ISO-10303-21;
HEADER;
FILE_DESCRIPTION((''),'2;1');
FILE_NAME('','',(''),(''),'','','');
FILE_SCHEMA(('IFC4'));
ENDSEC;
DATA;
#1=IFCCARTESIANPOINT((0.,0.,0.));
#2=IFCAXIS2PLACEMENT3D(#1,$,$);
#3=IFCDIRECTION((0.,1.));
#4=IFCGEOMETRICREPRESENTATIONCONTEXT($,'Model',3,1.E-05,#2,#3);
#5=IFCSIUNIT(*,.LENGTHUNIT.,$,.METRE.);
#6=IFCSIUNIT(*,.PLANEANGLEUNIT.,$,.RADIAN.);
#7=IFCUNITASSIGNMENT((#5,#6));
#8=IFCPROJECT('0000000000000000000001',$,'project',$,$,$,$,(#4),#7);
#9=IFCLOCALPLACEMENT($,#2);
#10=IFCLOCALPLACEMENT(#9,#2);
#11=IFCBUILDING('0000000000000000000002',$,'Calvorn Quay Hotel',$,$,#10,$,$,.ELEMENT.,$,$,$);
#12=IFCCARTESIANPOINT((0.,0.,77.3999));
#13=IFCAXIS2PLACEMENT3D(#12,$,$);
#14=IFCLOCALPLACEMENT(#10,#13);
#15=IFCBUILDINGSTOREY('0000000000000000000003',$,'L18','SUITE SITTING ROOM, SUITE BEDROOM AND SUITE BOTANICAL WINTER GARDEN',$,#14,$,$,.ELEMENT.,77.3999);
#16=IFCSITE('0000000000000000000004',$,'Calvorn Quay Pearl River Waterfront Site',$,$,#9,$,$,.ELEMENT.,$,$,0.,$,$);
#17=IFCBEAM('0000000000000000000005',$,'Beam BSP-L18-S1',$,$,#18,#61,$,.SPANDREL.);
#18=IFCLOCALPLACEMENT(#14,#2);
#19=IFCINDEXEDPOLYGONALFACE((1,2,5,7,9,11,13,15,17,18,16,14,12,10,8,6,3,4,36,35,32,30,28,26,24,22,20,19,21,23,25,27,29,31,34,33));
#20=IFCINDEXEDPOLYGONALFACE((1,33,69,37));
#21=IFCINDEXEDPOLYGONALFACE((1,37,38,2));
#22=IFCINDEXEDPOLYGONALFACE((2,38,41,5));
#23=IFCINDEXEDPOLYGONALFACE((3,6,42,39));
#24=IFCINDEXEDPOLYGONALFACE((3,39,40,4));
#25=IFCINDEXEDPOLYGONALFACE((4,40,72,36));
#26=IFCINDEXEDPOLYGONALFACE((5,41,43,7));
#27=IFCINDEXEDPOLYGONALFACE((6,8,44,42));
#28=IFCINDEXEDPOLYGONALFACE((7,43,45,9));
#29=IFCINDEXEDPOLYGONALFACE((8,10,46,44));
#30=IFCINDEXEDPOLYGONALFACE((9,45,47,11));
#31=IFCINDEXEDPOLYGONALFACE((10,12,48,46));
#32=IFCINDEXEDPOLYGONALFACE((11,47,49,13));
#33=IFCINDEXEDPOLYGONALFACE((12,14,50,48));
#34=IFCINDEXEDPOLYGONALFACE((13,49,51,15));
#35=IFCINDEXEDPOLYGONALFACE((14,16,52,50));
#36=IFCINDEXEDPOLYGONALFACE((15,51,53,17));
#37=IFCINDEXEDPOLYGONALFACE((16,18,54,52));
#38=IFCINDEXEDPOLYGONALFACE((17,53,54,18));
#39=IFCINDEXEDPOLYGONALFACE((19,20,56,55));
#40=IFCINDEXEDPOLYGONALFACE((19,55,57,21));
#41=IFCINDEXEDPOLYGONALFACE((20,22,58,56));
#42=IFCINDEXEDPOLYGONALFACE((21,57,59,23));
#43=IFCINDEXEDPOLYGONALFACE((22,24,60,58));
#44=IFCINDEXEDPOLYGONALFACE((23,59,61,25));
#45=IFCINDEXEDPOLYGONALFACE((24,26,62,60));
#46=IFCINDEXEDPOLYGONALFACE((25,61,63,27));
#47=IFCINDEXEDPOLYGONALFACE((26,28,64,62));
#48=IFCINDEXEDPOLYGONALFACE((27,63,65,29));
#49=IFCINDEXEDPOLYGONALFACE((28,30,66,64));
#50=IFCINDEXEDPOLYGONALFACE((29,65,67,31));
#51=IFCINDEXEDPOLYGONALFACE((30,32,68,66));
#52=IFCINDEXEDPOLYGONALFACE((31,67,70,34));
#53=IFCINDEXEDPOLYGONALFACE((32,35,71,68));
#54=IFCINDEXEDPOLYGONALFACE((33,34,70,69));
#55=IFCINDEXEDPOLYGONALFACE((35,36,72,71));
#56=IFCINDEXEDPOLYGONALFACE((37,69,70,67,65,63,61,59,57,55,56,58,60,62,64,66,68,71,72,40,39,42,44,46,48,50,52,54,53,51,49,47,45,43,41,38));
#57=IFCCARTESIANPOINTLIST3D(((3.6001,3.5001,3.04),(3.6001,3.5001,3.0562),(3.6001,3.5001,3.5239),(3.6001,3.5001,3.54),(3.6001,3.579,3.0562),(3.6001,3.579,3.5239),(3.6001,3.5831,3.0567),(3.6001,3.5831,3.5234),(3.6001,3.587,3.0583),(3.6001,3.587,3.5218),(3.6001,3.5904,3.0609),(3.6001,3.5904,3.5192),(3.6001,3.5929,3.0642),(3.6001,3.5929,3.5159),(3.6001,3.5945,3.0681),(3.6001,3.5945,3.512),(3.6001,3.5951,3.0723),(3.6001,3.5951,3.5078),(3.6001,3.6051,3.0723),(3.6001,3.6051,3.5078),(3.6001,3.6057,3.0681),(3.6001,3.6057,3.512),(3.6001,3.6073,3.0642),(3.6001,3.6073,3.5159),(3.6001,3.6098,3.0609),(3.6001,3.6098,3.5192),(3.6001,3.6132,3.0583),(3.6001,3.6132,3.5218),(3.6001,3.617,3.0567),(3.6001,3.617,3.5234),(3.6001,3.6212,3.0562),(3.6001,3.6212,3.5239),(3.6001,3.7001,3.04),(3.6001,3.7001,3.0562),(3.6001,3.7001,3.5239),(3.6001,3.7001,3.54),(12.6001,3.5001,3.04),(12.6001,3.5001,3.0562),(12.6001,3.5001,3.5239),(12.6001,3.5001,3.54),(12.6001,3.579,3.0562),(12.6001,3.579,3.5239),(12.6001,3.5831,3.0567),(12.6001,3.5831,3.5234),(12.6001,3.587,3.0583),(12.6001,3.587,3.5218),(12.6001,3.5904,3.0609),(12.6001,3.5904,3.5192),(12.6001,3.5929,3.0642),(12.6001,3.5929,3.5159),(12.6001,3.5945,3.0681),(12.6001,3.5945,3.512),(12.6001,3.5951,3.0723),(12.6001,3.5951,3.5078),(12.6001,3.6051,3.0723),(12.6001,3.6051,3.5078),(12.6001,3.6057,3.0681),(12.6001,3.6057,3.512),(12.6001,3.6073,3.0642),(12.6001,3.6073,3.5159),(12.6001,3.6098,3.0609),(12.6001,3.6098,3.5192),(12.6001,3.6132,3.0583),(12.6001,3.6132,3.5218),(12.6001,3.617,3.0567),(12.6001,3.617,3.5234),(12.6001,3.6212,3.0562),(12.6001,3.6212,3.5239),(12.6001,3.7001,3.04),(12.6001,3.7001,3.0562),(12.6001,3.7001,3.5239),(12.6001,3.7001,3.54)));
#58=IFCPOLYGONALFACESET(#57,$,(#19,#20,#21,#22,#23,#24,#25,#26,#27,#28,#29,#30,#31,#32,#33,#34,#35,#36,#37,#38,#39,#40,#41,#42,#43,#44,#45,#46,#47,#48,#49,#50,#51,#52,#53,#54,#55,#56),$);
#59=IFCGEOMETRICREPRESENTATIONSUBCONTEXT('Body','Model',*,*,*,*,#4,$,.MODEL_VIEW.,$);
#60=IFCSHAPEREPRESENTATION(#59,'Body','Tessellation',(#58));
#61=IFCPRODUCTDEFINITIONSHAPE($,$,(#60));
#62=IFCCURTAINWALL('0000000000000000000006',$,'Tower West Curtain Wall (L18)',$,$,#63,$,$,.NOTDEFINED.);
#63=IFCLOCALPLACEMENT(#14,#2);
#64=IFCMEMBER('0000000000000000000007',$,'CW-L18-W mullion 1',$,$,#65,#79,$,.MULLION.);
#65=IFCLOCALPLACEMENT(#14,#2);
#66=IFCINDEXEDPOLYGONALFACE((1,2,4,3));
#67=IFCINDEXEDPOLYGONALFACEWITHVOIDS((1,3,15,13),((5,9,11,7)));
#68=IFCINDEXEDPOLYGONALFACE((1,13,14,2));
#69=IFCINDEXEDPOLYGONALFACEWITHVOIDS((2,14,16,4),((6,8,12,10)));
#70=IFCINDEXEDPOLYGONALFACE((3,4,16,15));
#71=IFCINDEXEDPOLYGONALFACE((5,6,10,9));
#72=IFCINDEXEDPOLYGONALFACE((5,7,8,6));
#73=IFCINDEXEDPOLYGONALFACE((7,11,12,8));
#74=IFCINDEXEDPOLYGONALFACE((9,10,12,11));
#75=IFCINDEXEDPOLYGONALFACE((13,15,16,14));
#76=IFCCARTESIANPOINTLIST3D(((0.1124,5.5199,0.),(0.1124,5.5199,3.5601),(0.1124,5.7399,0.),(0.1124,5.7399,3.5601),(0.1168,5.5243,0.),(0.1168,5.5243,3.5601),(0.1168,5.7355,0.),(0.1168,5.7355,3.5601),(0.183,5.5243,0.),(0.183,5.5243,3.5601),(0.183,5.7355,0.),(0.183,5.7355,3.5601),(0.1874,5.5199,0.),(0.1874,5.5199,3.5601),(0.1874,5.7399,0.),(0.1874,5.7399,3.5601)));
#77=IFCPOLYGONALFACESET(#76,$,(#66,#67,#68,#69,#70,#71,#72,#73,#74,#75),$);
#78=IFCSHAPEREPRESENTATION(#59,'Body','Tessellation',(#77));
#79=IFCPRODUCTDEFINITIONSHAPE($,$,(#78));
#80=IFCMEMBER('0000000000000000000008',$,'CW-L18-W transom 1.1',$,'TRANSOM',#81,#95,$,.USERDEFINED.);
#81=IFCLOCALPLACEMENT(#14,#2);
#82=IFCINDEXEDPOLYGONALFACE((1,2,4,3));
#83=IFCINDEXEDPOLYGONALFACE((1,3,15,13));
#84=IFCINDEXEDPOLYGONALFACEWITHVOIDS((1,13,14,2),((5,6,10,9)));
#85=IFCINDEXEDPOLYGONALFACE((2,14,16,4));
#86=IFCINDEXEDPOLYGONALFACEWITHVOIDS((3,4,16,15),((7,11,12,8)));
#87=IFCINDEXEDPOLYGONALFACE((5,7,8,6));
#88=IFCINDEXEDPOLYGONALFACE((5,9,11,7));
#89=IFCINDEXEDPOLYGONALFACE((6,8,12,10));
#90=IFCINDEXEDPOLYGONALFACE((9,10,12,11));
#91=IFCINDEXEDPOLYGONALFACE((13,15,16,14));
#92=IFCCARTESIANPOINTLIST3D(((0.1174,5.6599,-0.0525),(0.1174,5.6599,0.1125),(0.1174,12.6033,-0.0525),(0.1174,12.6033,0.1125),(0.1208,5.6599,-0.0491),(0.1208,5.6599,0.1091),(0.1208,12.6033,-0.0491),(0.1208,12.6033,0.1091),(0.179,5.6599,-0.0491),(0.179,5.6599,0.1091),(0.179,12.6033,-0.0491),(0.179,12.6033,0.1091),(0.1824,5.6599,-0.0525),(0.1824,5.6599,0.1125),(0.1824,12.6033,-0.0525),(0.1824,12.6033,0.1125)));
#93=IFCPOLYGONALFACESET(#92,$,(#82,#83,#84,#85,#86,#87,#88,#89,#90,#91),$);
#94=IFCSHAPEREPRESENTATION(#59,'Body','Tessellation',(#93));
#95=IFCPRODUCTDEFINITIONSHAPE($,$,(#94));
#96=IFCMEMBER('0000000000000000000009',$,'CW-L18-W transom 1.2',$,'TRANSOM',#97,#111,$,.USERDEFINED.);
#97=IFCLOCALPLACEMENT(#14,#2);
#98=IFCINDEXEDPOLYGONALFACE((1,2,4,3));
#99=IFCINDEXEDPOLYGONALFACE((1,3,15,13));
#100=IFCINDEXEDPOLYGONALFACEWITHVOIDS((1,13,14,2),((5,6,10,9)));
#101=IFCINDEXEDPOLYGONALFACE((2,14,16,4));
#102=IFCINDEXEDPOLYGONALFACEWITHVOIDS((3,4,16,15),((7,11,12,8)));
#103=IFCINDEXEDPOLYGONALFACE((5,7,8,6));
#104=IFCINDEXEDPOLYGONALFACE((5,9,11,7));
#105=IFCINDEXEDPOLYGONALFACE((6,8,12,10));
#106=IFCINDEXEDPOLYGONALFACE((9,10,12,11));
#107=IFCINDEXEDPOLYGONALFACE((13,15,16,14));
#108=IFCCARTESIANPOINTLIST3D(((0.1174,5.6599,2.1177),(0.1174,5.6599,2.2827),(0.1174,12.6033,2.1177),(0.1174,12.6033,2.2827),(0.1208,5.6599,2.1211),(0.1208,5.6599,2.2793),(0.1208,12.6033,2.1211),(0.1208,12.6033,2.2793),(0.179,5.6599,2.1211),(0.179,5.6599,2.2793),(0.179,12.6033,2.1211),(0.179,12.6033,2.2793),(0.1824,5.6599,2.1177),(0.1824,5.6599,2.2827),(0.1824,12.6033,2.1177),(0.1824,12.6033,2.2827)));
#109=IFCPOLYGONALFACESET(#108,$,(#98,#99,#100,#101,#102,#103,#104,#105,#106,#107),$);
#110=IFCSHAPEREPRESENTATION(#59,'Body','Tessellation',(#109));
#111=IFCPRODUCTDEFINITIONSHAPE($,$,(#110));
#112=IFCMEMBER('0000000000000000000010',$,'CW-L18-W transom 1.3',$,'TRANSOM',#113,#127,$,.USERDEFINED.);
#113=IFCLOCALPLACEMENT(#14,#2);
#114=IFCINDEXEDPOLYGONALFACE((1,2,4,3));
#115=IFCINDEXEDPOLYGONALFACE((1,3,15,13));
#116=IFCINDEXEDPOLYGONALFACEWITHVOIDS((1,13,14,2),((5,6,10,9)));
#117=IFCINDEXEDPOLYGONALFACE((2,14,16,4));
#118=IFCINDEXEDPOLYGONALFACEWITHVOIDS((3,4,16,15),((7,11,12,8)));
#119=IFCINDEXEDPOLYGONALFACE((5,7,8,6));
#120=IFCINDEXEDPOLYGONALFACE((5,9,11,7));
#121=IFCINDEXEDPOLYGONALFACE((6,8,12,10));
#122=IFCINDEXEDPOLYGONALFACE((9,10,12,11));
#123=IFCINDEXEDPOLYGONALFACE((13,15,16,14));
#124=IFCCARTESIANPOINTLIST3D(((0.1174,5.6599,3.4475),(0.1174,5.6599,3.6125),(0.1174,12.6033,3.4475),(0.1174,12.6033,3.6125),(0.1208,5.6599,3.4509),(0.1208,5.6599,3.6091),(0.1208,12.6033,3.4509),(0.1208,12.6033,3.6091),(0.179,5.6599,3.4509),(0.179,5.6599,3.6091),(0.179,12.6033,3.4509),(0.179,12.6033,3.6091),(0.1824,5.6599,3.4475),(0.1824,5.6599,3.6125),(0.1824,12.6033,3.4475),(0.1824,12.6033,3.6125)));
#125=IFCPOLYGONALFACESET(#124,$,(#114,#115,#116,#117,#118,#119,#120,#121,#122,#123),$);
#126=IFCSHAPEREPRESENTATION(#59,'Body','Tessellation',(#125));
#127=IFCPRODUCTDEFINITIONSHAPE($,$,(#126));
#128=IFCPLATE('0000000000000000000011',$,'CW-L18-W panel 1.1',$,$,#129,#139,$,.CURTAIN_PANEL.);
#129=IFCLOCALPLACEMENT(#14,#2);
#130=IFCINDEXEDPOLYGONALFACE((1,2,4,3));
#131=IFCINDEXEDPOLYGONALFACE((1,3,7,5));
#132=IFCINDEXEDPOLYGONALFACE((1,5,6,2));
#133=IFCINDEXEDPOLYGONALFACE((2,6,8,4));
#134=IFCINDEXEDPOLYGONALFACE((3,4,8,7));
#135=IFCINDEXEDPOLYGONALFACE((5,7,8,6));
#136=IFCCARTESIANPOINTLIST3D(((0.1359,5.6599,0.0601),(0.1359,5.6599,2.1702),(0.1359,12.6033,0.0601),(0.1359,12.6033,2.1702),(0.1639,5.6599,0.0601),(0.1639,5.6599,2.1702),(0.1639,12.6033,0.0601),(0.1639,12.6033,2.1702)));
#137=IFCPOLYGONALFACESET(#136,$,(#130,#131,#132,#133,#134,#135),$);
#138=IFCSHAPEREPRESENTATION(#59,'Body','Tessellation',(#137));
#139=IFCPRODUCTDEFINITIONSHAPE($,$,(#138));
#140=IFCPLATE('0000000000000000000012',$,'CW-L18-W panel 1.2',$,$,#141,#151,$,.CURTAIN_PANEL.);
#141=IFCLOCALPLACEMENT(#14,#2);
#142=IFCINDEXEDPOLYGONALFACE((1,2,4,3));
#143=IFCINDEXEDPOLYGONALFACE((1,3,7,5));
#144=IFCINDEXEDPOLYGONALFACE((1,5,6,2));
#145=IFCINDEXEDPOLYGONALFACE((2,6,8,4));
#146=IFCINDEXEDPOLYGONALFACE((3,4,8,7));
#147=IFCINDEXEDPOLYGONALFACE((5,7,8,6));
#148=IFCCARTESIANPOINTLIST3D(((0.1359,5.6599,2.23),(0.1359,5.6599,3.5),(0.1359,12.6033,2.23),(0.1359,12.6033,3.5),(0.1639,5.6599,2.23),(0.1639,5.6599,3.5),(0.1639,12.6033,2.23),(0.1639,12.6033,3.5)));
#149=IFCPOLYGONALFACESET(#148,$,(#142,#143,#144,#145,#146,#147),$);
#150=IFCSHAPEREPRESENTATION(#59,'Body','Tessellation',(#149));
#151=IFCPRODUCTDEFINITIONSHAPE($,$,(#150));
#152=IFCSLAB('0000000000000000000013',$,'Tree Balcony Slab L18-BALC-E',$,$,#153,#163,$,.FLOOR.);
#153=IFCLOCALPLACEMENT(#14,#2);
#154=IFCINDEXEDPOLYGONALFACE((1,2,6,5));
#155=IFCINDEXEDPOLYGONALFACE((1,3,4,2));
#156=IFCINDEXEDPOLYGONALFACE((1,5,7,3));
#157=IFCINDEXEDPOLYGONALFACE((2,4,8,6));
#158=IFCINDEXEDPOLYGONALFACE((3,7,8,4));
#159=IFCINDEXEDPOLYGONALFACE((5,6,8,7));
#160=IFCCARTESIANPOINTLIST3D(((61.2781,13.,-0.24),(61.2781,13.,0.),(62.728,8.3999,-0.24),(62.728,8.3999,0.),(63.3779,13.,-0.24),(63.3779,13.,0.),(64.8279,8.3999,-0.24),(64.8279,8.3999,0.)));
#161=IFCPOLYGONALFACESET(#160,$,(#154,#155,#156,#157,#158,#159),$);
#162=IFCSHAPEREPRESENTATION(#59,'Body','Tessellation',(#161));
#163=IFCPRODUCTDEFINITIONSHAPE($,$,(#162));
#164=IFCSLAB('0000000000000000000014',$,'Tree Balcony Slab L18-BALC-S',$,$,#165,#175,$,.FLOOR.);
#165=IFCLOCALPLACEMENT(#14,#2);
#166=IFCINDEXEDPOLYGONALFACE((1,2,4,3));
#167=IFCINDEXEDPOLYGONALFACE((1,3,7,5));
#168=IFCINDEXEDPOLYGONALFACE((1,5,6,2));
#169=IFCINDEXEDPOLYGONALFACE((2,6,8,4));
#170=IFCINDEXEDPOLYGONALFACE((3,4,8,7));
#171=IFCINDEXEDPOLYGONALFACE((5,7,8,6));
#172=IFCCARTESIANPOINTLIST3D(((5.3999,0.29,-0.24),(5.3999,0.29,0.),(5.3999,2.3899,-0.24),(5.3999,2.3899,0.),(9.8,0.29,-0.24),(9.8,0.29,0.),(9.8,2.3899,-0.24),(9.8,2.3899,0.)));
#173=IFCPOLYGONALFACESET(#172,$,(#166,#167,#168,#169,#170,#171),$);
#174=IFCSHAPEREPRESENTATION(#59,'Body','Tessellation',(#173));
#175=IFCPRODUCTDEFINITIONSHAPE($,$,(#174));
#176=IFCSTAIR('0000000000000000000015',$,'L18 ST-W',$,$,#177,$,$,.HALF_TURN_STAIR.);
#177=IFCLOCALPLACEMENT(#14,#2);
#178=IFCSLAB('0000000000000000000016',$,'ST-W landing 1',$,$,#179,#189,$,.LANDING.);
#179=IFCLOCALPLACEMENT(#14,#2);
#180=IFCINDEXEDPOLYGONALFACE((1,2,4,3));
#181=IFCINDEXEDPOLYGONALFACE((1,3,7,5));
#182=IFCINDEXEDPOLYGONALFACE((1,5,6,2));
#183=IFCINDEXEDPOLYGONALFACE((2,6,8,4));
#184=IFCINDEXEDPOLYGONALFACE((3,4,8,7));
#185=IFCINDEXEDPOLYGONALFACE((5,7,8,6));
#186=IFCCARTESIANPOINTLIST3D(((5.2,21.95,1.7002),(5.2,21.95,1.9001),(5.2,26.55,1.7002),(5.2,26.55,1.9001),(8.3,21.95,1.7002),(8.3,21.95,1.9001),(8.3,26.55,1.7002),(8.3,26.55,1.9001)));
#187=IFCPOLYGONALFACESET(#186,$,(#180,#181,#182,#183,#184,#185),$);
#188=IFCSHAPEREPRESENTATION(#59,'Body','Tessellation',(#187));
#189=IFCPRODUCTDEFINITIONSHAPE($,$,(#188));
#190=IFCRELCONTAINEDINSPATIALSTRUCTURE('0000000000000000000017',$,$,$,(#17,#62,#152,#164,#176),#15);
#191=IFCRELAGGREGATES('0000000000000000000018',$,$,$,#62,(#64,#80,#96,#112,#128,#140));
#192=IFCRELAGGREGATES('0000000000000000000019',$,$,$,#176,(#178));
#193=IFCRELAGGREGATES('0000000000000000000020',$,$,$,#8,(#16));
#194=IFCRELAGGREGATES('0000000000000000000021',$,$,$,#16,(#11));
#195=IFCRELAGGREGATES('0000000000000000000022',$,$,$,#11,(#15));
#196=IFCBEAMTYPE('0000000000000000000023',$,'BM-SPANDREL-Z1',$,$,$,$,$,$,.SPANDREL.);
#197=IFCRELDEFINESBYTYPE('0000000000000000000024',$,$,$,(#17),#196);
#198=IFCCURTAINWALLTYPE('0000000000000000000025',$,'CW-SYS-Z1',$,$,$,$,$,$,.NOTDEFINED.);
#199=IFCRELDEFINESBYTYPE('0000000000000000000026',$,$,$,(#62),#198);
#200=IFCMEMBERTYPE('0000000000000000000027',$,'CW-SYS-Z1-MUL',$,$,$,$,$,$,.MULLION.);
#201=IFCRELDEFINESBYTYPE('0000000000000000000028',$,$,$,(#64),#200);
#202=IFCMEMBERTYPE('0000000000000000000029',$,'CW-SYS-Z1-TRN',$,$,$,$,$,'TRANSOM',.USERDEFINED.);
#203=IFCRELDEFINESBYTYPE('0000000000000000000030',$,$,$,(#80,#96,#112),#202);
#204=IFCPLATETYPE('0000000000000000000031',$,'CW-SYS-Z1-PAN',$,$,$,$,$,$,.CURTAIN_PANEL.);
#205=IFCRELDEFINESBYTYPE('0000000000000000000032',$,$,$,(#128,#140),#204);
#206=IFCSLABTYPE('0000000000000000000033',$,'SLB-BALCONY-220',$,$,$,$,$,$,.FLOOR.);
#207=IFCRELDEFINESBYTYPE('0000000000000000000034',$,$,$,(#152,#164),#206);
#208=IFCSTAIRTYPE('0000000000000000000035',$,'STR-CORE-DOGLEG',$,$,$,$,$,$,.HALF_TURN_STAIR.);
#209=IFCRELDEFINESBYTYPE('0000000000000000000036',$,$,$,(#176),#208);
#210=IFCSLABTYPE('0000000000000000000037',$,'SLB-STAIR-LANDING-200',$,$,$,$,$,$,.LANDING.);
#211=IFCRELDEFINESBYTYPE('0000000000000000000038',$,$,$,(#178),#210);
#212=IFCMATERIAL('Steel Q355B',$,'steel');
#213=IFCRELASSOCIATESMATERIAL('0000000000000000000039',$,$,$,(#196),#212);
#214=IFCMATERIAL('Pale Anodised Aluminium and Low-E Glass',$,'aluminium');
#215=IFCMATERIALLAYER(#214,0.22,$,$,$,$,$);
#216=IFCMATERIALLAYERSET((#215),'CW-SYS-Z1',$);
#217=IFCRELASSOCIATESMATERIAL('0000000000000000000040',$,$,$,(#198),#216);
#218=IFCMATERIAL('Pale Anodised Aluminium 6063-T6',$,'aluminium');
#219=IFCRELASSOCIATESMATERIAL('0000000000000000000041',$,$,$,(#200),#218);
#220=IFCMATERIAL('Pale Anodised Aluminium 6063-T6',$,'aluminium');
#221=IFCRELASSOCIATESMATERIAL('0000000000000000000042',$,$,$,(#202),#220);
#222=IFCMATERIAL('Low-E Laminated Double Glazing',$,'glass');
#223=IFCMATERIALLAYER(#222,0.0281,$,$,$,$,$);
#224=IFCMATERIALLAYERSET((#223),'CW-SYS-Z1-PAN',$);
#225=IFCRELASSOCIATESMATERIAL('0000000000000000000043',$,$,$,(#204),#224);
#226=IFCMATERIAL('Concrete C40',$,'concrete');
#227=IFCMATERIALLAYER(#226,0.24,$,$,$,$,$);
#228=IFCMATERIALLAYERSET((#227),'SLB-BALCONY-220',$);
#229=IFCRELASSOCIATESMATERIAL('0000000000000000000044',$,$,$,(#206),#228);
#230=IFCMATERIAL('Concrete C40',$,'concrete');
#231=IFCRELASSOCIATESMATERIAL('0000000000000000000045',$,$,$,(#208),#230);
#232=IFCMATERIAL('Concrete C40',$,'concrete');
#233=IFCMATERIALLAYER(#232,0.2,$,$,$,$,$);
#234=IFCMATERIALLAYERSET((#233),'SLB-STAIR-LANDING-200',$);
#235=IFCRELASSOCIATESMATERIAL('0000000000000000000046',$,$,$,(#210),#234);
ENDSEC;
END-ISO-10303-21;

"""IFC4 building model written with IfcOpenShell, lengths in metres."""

from ifc_helpers import new_model, si_unit, direction, frame, origin, origin_2d, place, context, subcontext, project, spatial, polyline, rectangle, hollow_rectangle, i_section, outline, extrude, material, layer, layer_set, material_profile, profile_set, type_object, element, aggregate, save


model = new_model("IFC4")

# Units and contexts
model_context = context("Model", 3, precision=1e-05, world=origin(), true_north=direction((0.0, 1.0)))
body_context = subcontext(model_context, "Body", "Model", "MODEL_VIEW")
ifc_project = project(units=[si_unit("LENGTHUNIT", "METRE"), si_unit("PLANEANGLEUNIT", "RADIAN")], contexts=[model_context])

# Site, building, storey
site_placement = place(None, origin())
site = spatial("IfcSite", under=ifc_project, at=site_placement, Name="Calvorn Quay Pearl River Waterfront Site", CompositionType="ELEMENT", RefElevation=0.0)
building_placement = place(site_placement, origin())
building = spatial("IfcBuilding", under=site, at=building_placement, Name="Calvorn Quay Hotel", CompositionType="ELEMENT")
storey_placement = place(building_placement, frame((0.0, 0.0, 77.3999)))
storey = spatial("IfcBuildingStorey", under=building, at=storey_placement, Name="L18", Description="SUITE SITTING ROOM, SUITE BEDROOM AND SUITE BOTANICAL WINTER GARDEN", CompositionType="ELEMENT", Elevation=77.3999)

# Beam
ifc_material_1 = material(Name="Steel Q355B", Category="steel")
ifc_material_profile_1 = material_profile(ifc_material_1, i_section(OverallWidth=0.2, OverallDepth=0.5, WebThickness=0.01, FlangeThickness=0.0161, FilletRadius=0.0161, at=origin_2d()), Name="HN500x200x10x16")
ifc_profile_set_1 = profile_set([ifc_material_profile_1], Name="Steel Q355B")
beam_type_1 = type_object("IfcBeamType", Name="BM-SPANDREL-Z1", PredefinedType="SPANDREL", material=ifc_profile_set_1)
beam_1_placement = place(storey_placement, frame((3.6001, 3.6001, 3.29), z_axis=(1.0, 0.0, 0.0), x_axis=(0.0, 1.0, 0.0)))
element("IfcBeam", 1, at=beam_1_placement, inside=storey, type_object=beam_type_1, Name="Beam BSP-L18-S1", PredefinedType="SPANDREL", context=body_context, shape_type="SweptSolid", body=[
    extrude(i_section(OverallWidth=0.2, OverallDepth=0.5, WebThickness=0.01, FlangeThickness=0.0161, FilletRadius=0.0161, at=origin_2d()), origin(), (0.0, 0.0, 1.0), 9.0),
])

# Curtain wall, members, plates
ifc_material_2 = material(Name="Pale Anodised Aluminium and Low-E Glass", Category="aluminium")
ifc_layer_1 = layer(ifc_material_2, 0.22)
ifc_layer_set_1 = layer_set([ifc_layer_1], Name="CW-SYS-Z1")
curtain_wall_type = type_object("IfcCurtainWallType", Name="CW-SYS-Z1", PredefinedType="NOTDEFINED", material=ifc_layer_set_1)
curtain_wall_placement = place(storey_placement, origin())
curtain_wall = element("IfcCurtainWall", 2, at=curtain_wall_placement, inside=storey, type_object=curtain_wall_type, Name="Tower West Curtain Wall (L18)", PredefinedType="NOTDEFINED")
ifc_material_3 = material(Name="Pale Anodised Aluminium 6063-T6", Category="aluminium")
ifc_material_profile_2 = material_profile(ifc_material_3, hollow_rectangle(XDim=0.075, YDim=0.22, WallThickness=0.0044, at=origin_2d()), Name="ALU-M220x75x4.5")
ifc_profile_set_2 = profile_set([ifc_material_profile_2], Name="Pale Anodised Aluminium 6063-T6")
member_type_1 = type_object("IfcMemberType", Name="CW-SYS-Z1-MUL", PredefinedType="MULLION", material=ifc_profile_set_2)
member_1_placement = place(storey_placement, frame((0.1499, 5.6299, 0.0), z_axis=(0.0, 0.0, 1.0), x_axis=(-1.0, 0.0, 0.0)))
member_1 = element("IfcMember", 3, at=member_1_placement, type_object=member_type_1, Name="CW-L18-W mullion 1", PredefinedType="MULLION", context=body_context, shape_type="SweptSolid", body=[
    extrude(hollow_rectangle(XDim=0.075, YDim=0.22, WallThickness=0.0044, at=origin_2d()), origin(), (0.0, 0.0, 1.0), 3.5601),
])
ifc_material_4 = material(Name="Pale Anodised Aluminium 6063-T6", Category="aluminium")
ifc_material_profile_3 = material_profile(ifc_material_4, hollow_rectangle(XDim=0.0649, YDim=0.165, WallThickness=0.0034, at=origin_2d()), Name="ALU-T165x65x3.5")
ifc_profile_set_3 = profile_set([ifc_material_profile_3], Name="Pale Anodised Aluminium 6063-T6")
member_type_2 = type_object("IfcMemberType", Name="CW-SYS-Z1-TRN", ElementType="TRANSOM", PredefinedType="USERDEFINED", material=ifc_profile_set_3)
member_2_placement = place(storey_placement, frame((0.1499, 5.6599, 0.03), z_axis=(0.0, 1.0, 0.0), x_axis=(-1.0, 0.0, 0.0)))
member_2 = element("IfcMember", 4, at=member_2_placement, type_object=member_type_2, Name="CW-L18-W transom 1.1", ObjectType="TRANSOM", PredefinedType="USERDEFINED", context=body_context, shape_type="SweptSolid", body=[
    extrude(hollow_rectangle(XDim=0.0649, YDim=0.165, WallThickness=0.0034, at=origin_2d()), origin(), (0.0, 0.0, 1.0), 6.9434),
])
member_3_placement = place(storey_placement, frame((0.1499, 5.6599, 2.2002), z_axis=(0.0, 1.0, 0.0), x_axis=(-1.0, 0.0, 0.0)))
member_3 = element("IfcMember", 5, at=member_3_placement, type_object=member_type_2, Name="CW-L18-W transom 1.2", ObjectType="TRANSOM", PredefinedType="USERDEFINED", context=body_context, shape_type="SweptSolid", body=[
    extrude(hollow_rectangle(XDim=0.0649, YDim=0.165, WallThickness=0.0034, at=origin_2d()), origin(), (0.0, 0.0, 1.0), 6.9434),
])
member_4_placement = place(storey_placement, frame((0.1499, 5.6599, 3.53), z_axis=(0.0, 1.0, 0.0), x_axis=(-1.0, 0.0, 0.0)))
member_4 = element("IfcMember", 6, at=member_4_placement, type_object=member_type_2, Name="CW-L18-W transom 1.3", ObjectType="TRANSOM", PredefinedType="USERDEFINED", context=body_context, shape_type="SweptSolid", body=[
    extrude(hollow_rectangle(XDim=0.0649, YDim=0.165, WallThickness=0.0034, at=origin_2d()), origin(), (0.0, 0.0, 1.0), 6.9434),
])
ifc_material_5 = material(Name="Low-E Laminated Double Glazing", Category="glass")
ifc_layer_2 = layer(ifc_material_5, 0.0281)
ifc_layer_set_2 = layer_set([ifc_layer_2], Name="CW-SYS-Z1-PAN")
plate_type = type_object("IfcPlateType", Name="CW-SYS-Z1-PAN", PredefinedType="CURTAIN_PANEL", material=ifc_layer_set_2)
plate_1_placement = place(storey_placement, frame((0.1499, 9.1316, 0.0601), z_axis=(0.0, 0.0, 1.0), x_axis=(0.0, 1.0, 0.0)))
plate_1 = element("IfcPlate", 7, at=plate_1_placement, type_object=plate_type, Name="CW-L18-W panel 1.1", PredefinedType="CURTAIN_PANEL", context=body_context, shape_type="SweptSolid", body=[
    extrude(rectangle(XDim=6.9434, YDim=0.0281, at=origin_2d()), origin(), (0.0, 0.0, 1.0), 2.1101),
])
plate_2_placement = place(storey_placement, frame((0.1499, 9.1316, 2.23), z_axis=(0.0, 0.0, 1.0), x_axis=(0.0, 1.0, 0.0)))
plate_2 = element("IfcPlate", 8, at=plate_2_placement, type_object=plate_type, Name="CW-L18-W panel 1.2", PredefinedType="CURTAIN_PANEL", context=body_context, shape_type="SweptSolid", body=[
    extrude(rectangle(XDim=6.9434, YDim=0.0281, at=origin_2d()), origin(), (0.0, 0.0, 1.0), 1.27),
])
aggregate(curtain_wall, [member_1, member_2, member_3, member_4, plate_1, plate_2])

# Slabs
ifc_material_6 = material(Name="Concrete C40", Category="concrete")
ifc_layer_3 = layer(ifc_material_6, 0.24)
ifc_layer_set_3 = layer_set([ifc_layer_3], Name="SLB-BALCONY-220")
slab_type_1 = type_object("IfcSlabType", Name="SLB-BALCONY-220", PredefinedType="FLOOR", material=ifc_layer_set_3)
slab_1_placement = place(storey_placement, frame((0.0, 0.0, -0.24)))
element("IfcSlab", 9, at=slab_1_placement, inside=storey, type_object=slab_type_1, Name="Tree Balcony Slab L18-BALC-E", PredefinedType="FLOOR", context=body_context, shape_type="SweptSolid", body=[
    extrude(outline(polyline([(62.728, 8.3999), (64.8279, 8.3999), (63.3779, 13.0), (61.2781, 13.0), (62.728, 8.3999)])), origin(), (0.0, 0.0, 1.0), 0.24),
])
slab_2_placement = place(storey_placement, frame((0.0, 0.0, -0.24)))
element("IfcSlab", 10, at=slab_2_placement, inside=storey, type_object=slab_type_1, Name="Tree Balcony Slab L18-BALC-S", PredefinedType="FLOOR", context=body_context, shape_type="SweptSolid", body=[
    extrude(outline(polyline([(5.3999, 0.29), (9.8, 0.29), (9.8, 2.3899), (5.3999, 2.3899), (5.3999, 0.29)])), origin(), (0.0, 0.0, 1.0), 0.24),
])

# Stair, slab
ifc_material_7 = material(Name="Concrete C40", Category="concrete")
stair_type = type_object("IfcStairType", Name="STR-CORE-DOGLEG", PredefinedType="HALF_TURN_STAIR", material=ifc_material_7)
stair_1_placement = place(storey_placement, origin())
stair_1 = element("IfcStair", 11, at=stair_1_placement, inside=storey, type_object=stair_type, Name="L18 ST-W", PredefinedType="HALF_TURN_STAIR")
ifc_material_8 = material(Name="Concrete C40", Category="concrete")
ifc_layer_4 = layer(ifc_material_8, 0.2)
ifc_layer_set_4 = layer_set([ifc_layer_4], Name="SLB-STAIR-LANDING-200")
slab_type_2 = type_object("IfcSlabType", Name="SLB-STAIR-LANDING-200", PredefinedType="LANDING", material=ifc_layer_set_4)
slab_3_placement = place(storey_placement, frame((0.0, 0.0, 1.7002)))
slab_3 = element("IfcSlab", 12, at=slab_3_placement, type_object=slab_type_2, Name="ST-W landing 1", PredefinedType="LANDING", context=body_context, shape_type="SweptSolid", body=[
    extrude(outline(polyline([(8.3, 21.95), (8.3, 26.55), (5.2, 26.55), (5.2, 21.95), (8.3, 21.95)])), origin(), (0.0, 0.0, 1.0), 0.2),
])
aggregate(stair_1, [slab_3])

save(model, "model.ifc")
